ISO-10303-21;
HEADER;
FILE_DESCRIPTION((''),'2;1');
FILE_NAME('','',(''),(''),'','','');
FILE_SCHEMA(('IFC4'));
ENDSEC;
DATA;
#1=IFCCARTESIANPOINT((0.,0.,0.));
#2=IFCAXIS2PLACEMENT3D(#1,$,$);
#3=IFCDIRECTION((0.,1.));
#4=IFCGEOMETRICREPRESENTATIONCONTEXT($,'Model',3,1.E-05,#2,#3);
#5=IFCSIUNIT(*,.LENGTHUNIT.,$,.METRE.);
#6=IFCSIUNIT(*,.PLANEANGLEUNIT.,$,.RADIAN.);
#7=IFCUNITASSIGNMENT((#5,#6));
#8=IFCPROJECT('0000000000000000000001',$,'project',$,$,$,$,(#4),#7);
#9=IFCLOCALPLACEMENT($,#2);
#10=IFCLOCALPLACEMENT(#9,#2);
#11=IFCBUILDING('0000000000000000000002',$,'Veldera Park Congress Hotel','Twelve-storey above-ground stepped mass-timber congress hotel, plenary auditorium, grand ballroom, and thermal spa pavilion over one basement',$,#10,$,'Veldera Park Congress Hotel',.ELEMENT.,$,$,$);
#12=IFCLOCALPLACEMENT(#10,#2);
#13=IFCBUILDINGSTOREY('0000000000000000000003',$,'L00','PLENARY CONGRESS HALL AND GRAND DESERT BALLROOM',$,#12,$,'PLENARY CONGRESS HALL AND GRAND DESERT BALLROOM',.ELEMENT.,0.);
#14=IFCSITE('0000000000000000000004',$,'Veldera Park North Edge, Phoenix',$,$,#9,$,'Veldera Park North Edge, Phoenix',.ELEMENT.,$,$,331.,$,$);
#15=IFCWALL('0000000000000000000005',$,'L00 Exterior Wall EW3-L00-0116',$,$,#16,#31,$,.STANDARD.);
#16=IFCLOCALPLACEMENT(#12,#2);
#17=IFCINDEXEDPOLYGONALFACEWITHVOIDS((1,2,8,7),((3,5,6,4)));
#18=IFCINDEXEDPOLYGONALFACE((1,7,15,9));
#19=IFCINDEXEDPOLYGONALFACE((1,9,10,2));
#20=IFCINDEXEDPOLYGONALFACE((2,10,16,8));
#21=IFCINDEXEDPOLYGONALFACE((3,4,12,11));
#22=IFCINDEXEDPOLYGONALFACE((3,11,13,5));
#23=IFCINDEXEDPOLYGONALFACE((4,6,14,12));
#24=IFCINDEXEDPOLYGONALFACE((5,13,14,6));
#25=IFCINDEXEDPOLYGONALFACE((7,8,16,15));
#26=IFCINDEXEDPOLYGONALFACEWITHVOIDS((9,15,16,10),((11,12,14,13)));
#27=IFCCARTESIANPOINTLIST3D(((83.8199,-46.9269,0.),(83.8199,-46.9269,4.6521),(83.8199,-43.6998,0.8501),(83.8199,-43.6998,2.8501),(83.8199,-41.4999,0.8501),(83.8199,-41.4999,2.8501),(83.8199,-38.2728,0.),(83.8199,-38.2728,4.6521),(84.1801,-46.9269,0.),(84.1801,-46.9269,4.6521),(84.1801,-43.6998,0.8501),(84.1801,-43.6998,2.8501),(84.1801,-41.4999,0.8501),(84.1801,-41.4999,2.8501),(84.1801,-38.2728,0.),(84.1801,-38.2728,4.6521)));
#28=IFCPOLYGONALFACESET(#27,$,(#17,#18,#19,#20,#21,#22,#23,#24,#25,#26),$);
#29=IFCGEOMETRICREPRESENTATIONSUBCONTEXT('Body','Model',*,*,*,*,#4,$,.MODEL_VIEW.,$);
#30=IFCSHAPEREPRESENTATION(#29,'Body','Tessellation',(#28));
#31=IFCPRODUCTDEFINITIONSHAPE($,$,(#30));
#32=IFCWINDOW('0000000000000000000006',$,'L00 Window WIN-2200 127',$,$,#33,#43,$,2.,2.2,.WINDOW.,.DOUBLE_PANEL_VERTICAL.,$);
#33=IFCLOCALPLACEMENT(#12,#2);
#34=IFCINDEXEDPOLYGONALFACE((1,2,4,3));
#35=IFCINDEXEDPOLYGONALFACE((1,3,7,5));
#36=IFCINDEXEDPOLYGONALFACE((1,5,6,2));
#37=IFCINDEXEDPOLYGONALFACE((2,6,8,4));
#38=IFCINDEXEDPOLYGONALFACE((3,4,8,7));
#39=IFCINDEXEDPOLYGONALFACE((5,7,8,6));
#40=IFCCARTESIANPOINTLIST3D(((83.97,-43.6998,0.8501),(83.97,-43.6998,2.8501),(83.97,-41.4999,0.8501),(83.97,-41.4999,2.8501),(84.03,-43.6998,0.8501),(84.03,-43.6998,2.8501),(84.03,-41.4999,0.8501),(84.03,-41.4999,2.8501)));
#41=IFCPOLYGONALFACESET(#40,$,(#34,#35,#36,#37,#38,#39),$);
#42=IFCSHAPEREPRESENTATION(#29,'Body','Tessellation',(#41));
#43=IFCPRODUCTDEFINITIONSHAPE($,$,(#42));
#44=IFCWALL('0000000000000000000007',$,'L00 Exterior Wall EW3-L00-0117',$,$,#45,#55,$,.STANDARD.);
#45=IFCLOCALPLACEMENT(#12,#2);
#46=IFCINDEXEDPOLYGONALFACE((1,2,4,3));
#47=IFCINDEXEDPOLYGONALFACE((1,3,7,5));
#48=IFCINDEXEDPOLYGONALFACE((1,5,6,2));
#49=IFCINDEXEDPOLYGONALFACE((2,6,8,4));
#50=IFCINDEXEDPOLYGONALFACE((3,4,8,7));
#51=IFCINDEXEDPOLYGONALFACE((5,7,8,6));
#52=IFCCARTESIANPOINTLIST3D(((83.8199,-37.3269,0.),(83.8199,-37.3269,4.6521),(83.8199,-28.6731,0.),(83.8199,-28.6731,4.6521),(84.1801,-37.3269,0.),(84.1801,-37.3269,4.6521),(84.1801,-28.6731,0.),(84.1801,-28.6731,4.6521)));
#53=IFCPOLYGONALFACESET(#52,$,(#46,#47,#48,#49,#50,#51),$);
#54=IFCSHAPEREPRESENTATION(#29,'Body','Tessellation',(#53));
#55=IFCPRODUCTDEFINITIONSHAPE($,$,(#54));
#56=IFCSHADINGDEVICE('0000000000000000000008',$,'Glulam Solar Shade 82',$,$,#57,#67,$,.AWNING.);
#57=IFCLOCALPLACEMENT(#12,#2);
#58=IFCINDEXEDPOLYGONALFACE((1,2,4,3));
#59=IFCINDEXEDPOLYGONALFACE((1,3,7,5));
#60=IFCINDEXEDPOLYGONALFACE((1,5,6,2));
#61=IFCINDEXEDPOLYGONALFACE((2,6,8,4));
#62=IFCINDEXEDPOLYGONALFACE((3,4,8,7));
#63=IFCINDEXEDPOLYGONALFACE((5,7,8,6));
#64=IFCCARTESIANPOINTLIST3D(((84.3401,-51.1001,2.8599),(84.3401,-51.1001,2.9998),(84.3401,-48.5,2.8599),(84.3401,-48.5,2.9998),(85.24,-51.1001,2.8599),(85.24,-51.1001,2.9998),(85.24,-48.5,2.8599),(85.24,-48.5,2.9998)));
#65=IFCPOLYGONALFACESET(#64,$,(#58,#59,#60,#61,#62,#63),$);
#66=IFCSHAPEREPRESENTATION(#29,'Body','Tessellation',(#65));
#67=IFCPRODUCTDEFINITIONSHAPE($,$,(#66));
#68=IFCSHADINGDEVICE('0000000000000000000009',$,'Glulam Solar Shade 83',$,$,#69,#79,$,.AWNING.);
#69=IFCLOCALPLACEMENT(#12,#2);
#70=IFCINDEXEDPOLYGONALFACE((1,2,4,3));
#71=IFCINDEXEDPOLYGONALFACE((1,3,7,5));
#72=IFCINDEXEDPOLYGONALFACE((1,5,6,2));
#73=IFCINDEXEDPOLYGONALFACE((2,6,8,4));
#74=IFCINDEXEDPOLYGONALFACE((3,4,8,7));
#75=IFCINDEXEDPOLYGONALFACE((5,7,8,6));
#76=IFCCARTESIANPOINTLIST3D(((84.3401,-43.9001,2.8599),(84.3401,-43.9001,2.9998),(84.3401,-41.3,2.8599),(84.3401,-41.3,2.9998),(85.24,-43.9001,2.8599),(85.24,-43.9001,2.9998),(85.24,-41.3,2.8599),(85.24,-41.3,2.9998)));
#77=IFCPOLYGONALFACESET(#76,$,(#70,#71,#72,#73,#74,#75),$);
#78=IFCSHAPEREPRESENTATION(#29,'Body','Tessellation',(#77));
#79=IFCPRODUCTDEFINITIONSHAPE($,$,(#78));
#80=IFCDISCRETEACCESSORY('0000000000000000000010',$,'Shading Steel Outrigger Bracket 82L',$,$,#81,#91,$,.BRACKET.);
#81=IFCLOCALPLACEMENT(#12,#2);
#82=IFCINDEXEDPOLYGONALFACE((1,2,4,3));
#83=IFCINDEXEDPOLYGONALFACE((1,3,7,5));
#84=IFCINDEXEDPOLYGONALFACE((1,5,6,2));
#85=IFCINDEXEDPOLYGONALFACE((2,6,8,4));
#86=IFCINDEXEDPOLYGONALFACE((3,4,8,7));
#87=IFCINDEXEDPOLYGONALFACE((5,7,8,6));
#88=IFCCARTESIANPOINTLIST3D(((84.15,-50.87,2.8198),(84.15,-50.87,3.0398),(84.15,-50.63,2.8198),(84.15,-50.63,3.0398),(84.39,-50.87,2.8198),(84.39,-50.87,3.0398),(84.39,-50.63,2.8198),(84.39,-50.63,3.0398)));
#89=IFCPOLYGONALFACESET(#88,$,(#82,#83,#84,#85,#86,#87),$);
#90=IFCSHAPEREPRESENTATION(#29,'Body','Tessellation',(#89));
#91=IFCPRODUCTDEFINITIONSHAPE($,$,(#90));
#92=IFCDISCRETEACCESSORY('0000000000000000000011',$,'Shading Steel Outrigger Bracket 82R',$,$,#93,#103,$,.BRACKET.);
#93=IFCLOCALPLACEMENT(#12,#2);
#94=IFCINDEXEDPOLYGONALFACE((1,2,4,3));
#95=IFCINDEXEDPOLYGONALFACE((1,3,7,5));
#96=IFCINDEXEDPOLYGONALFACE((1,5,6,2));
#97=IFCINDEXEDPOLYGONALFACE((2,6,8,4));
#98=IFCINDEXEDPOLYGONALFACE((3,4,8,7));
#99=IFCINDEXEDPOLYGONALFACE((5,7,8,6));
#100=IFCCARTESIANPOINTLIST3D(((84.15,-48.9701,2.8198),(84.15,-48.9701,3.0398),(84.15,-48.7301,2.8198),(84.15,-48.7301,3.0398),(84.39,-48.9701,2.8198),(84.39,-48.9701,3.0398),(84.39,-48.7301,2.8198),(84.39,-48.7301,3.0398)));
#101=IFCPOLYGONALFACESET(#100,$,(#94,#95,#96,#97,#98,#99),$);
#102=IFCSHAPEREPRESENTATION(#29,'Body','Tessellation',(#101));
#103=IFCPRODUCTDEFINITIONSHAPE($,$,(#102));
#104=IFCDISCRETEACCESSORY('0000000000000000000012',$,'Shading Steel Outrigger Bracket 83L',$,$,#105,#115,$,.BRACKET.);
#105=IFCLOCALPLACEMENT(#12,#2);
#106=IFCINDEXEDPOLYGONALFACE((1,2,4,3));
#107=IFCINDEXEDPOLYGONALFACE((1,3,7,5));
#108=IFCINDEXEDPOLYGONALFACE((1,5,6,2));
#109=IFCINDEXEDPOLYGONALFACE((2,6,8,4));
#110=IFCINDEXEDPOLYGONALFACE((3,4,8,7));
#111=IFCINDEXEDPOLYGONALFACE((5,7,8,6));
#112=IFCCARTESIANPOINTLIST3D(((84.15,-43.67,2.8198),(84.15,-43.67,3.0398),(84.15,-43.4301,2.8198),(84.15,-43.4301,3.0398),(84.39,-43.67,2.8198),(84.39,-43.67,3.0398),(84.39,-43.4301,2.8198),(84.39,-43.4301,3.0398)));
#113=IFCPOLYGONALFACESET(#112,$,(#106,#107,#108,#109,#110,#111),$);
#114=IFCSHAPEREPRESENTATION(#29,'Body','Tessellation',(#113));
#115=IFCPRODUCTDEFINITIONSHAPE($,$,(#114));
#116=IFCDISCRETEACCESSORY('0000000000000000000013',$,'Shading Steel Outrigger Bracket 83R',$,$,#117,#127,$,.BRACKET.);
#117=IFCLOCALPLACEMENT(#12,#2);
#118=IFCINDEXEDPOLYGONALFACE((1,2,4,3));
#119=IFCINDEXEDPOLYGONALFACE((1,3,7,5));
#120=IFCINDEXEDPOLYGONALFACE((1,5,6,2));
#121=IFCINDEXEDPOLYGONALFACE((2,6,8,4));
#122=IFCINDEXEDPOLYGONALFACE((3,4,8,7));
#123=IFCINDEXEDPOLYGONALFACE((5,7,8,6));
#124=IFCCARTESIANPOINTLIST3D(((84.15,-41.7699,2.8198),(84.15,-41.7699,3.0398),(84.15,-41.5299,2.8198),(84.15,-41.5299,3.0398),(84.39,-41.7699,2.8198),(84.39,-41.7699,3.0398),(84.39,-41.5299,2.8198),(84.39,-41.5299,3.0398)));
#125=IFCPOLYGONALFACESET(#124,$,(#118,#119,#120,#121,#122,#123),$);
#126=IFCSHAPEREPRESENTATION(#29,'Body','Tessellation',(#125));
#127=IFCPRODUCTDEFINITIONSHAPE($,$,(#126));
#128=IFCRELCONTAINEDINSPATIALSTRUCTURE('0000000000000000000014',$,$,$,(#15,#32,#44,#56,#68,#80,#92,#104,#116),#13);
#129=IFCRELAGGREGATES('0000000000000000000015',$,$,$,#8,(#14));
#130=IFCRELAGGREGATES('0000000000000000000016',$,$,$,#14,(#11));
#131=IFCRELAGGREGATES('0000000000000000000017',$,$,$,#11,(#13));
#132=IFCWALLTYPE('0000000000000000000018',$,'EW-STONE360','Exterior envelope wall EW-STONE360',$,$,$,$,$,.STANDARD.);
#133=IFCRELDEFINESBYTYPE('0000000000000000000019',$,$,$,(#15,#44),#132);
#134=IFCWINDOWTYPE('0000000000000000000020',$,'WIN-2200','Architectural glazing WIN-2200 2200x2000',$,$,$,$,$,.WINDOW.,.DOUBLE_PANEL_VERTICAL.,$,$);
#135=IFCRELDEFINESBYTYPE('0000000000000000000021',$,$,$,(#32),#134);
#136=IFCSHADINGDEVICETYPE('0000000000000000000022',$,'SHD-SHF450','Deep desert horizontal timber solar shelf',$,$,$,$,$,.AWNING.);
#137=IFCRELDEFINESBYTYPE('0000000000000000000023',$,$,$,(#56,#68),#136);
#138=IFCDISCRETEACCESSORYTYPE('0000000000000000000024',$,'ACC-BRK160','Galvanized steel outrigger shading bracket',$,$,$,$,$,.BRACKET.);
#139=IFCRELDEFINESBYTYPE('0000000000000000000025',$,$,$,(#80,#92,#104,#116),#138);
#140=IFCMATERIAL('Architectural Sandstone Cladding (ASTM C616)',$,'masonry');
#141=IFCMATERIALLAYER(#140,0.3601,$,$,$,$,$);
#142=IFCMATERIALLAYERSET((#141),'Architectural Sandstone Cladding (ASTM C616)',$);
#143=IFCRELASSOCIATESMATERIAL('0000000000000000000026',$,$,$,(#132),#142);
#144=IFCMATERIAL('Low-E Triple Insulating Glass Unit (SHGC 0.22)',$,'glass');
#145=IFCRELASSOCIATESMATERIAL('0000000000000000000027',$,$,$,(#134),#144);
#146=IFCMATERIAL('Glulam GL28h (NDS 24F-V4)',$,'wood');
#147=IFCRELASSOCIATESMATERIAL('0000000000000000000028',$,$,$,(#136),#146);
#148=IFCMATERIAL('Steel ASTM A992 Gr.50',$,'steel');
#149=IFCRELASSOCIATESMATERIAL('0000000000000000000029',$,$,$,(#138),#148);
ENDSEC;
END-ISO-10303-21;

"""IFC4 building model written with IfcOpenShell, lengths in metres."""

from ifc_helpers import new_model, si_unit, direction, frame, frame_2d, origin, origin_2d, place, context, subcontext, project, spatial, rectangle, extrude, material, layer, layer_set, type_object, element, fill, save


model = new_model("IFC4")

# Units and contexts
model_context = context("Model", 3, precision=1e-05, world=origin(), true_north=direction((0.0, 1.0)))
body_context = subcontext(model_context, "Body", "Model", "MODEL_VIEW")
ifc_project = project(units=[si_unit("LENGTHUNIT", "METRE"), si_unit("PLANEANGLEUNIT", "RADIAN")], contexts=[model_context])

# Site, building, storey
site_placement = place(None, origin())
site = spatial("IfcSite", under=ifc_project, at=site_placement, Name="Veldera Park North Edge, Phoenix", LongName="Veldera Park North Edge, Phoenix", CompositionType="ELEMENT", RefElevation=331.0)
building_placement = place(site_placement, origin())
building = spatial("IfcBuilding", under=site, at=building_placement, Name="Veldera Park Congress Hotel", Description="Twelve-storey above-ground stepped mass-timber congress hotel, plenary auditorium, grand ballroom, and thermal spa pavilion over one basement", LongName="Veldera Park Congress Hotel", CompositionType="ELEMENT")
storey_placement = place(building_placement, origin())
storey = spatial("IfcBuildingStorey", under=building, at=storey_placement, Name="L00", Description="PLENARY CONGRESS HALL AND GRAND DESERT BALLROOM", LongName="PLENARY CONGRESS HALL AND GRAND DESERT BALLROOM", CompositionType="ELEMENT", Elevation=0.0)

# Shared definitions
ifc_material_1 = material(Name="Glulam GL28h (NDS 24F-V4)", Category="wood")
ifc_material_2 = material(Name="Steel ASTM A992 Gr.50", Category="steel")

# Wall, opening, window
ifc_material_3 = material(Name="Architectural Sandstone Cladding (ASTM C616)", Category="masonry")
ifc_layer = layer(ifc_material_3, 0.3601)
ifc_layer_set = layer_set([ifc_layer], Name="Architectural Sandstone Cladding (ASTM C616)")
wall_type = type_object("IfcWallType", Name="EW-STONE360", Description="Exterior envelope wall EW-STONE360", PredefinedType="STANDARD", material=ifc_layer_set)
ifc_material_4 = material(Name="Low-E Triple Insulating Glass Unit (SHGC 0.22)", Category="glass")
window_type = type_object("IfcWindowType", Name="WIN-2200", Description="Architectural glazing WIN-2200 2200x2000", PartitioningType="DOUBLE_PANEL_VERTICAL", PredefinedType="WINDOW", material=ifc_material_4)
wall_1_placement = place(storey_placement, frame((84.0, -46.927, 0.0), z_axis=(0.0, 0.0, 1.0), x_axis=(0.0, 1.0, 0.0)))
wall_1 = element("IfcWall", 1, at=wall_1_placement, inside=storey, type_object=wall_type, Name="L00 Exterior Wall EW3-L00-0116", PredefinedType="STANDARD", context=body_context, shape_type="SweptSolid", body=[
    extrude(rectangle(XDim=8.6541, YDim=0.3601, at=frame_2d((4.3271, 0.0))), origin(), (0.0, 0.0, 1.0), 4.6521),
])
opening_1_placement = place(wall_1_placement, frame((3.2271, 0.0, 0.8501)))
opening_1 = element("IfcOpeningElement", 2, at=opening_1_placement, cuts=wall_1, PredefinedType="OPENING", context=body_context, shape_type="SweptSolid", body=[
    extrude(rectangle(XDim=2.2, YDim=2.0, at=frame_2d((1.1001, 1.0))), frame((0.0, 0.1921, 0.0), z_axis=(0.0, -1.0, 0.0), x_axis=(1.0, 0.0, 0.0)), (0.0, 0.0, 1.0), 0.384),
])
window_1_placement = place(opening_1_placement, origin())
window_1 = element("IfcWindow", 3, at=window_1_placement, inside=storey, type_object=window_type, Name="L00 Window WIN-2200 127", OverallHeight=2.0, OverallWidth=2.2, PartitioningType="DOUBLE_PANEL_VERTICAL", PredefinedType="WINDOW", context=body_context, shape_type="SweptSolid", body=[
    extrude(rectangle(XDim=2.2, YDim=2.0, at=frame_2d((1.1001, 1.0))), frame((0.0, 0.03, 0.0), z_axis=(0.0, -1.0, 0.0), x_axis=(1.0, 0.0, 0.0)), (0.0, 0.0, 1.0), 0.0601),
])
fill(opening_1, window_1)

# Wall
wall_2_placement = place(storey_placement, frame((84.0, -37.3269, 0.0), z_axis=(0.0, 0.0, 1.0), x_axis=(0.0, 1.0, 0.0)))
element("IfcWall", 4, at=wall_2_placement, inside=storey, type_object=wall_type, Name="L00 Exterior Wall EW3-L00-0117", PredefinedType="STANDARD", context=body_context, shape_type="SweptSolid", body=[
    extrude(rectangle(XDim=8.6538, YDim=0.3601, at=frame_2d((4.3269, 0.0))), origin(), (0.0, 0.0, 1.0), 4.6521),
])

# Shading devices
shading_device_type = type_object("IfcShadingDeviceType", Name="SHD-SHF450", Description="Deep desert horizontal timber solar shelf", PredefinedType="AWNING", material=ifc_material_1)
for number, where, z_axis, x_axis, name in (
    (5, (84.79, -49.8, 2.8599), (0.0, 0.0, 1.0), (0.0, 1.0, 0.0), "Glulam Solar Shade 82"),
    (6, (84.79, -42.6001, 2.8599), (0.0, 0.0, 1.0), (0.0, 1.0, 0.0), "Glulam Solar Shade 83"),
):
    element("IfcShadingDevice", number, at=place(storey_placement, frame(where, z_axis=z_axis, x_axis=x_axis)), inside=storey, type_object=shading_device_type, Name=name, PredefinedType="AWNING", context=body_context, shape_type="SweptSolid", body=[
        extrude(rectangle(XDim=2.6001, YDim=0.8999, at=origin_2d()), origin(), (0.0, 0.0, 1.0), 0.1399),
    ])

# Discrete accessories
discrete_accessory_type = type_object("IfcDiscreteAccessoryType", Name="ACC-BRK160", Description="Galvanized steel outrigger shading bracket", PredefinedType="BRACKET", material=ifc_material_2)
for number, where, z_axis, x_axis, name in (
    (7, (84.27, -50.75, 2.8198), (0.0, 0.0, 1.0), (0.0, 1.0, 0.0), "Shading Steel Outrigger Bracket 82L"),
    (8, (84.27, -48.8501, 2.8198), (0.0, 0.0, 1.0), (0.0, 1.0, 0.0), "Shading Steel Outrigger Bracket 82R"),
    (9, (84.27, -43.55, 2.8198), (0.0, 0.0, 1.0), (0.0, 1.0, 0.0), "Shading Steel Outrigger Bracket 83L"),
    (10, (84.27, -41.6499, 2.8198), (0.0, 0.0, 1.0), (0.0, 1.0, 0.0), "Shading Steel Outrigger Bracket 83R"),
):
    element("IfcDiscreteAccessory", number, at=place(storey_placement, frame(where, z_axis=z_axis, x_axis=x_axis)), inside=storey, type_object=discrete_accessory_type, Name=name, PredefinedType="BRACKET", context=body_context, shape_type="SweptSolid", body=[
        extrude(rectangle(XDim=0.24, YDim=0.24, at=origin_2d()), origin(), (0.0, 0.0, 1.0), 0.22),
    ])

save(model, "model.ifc")
